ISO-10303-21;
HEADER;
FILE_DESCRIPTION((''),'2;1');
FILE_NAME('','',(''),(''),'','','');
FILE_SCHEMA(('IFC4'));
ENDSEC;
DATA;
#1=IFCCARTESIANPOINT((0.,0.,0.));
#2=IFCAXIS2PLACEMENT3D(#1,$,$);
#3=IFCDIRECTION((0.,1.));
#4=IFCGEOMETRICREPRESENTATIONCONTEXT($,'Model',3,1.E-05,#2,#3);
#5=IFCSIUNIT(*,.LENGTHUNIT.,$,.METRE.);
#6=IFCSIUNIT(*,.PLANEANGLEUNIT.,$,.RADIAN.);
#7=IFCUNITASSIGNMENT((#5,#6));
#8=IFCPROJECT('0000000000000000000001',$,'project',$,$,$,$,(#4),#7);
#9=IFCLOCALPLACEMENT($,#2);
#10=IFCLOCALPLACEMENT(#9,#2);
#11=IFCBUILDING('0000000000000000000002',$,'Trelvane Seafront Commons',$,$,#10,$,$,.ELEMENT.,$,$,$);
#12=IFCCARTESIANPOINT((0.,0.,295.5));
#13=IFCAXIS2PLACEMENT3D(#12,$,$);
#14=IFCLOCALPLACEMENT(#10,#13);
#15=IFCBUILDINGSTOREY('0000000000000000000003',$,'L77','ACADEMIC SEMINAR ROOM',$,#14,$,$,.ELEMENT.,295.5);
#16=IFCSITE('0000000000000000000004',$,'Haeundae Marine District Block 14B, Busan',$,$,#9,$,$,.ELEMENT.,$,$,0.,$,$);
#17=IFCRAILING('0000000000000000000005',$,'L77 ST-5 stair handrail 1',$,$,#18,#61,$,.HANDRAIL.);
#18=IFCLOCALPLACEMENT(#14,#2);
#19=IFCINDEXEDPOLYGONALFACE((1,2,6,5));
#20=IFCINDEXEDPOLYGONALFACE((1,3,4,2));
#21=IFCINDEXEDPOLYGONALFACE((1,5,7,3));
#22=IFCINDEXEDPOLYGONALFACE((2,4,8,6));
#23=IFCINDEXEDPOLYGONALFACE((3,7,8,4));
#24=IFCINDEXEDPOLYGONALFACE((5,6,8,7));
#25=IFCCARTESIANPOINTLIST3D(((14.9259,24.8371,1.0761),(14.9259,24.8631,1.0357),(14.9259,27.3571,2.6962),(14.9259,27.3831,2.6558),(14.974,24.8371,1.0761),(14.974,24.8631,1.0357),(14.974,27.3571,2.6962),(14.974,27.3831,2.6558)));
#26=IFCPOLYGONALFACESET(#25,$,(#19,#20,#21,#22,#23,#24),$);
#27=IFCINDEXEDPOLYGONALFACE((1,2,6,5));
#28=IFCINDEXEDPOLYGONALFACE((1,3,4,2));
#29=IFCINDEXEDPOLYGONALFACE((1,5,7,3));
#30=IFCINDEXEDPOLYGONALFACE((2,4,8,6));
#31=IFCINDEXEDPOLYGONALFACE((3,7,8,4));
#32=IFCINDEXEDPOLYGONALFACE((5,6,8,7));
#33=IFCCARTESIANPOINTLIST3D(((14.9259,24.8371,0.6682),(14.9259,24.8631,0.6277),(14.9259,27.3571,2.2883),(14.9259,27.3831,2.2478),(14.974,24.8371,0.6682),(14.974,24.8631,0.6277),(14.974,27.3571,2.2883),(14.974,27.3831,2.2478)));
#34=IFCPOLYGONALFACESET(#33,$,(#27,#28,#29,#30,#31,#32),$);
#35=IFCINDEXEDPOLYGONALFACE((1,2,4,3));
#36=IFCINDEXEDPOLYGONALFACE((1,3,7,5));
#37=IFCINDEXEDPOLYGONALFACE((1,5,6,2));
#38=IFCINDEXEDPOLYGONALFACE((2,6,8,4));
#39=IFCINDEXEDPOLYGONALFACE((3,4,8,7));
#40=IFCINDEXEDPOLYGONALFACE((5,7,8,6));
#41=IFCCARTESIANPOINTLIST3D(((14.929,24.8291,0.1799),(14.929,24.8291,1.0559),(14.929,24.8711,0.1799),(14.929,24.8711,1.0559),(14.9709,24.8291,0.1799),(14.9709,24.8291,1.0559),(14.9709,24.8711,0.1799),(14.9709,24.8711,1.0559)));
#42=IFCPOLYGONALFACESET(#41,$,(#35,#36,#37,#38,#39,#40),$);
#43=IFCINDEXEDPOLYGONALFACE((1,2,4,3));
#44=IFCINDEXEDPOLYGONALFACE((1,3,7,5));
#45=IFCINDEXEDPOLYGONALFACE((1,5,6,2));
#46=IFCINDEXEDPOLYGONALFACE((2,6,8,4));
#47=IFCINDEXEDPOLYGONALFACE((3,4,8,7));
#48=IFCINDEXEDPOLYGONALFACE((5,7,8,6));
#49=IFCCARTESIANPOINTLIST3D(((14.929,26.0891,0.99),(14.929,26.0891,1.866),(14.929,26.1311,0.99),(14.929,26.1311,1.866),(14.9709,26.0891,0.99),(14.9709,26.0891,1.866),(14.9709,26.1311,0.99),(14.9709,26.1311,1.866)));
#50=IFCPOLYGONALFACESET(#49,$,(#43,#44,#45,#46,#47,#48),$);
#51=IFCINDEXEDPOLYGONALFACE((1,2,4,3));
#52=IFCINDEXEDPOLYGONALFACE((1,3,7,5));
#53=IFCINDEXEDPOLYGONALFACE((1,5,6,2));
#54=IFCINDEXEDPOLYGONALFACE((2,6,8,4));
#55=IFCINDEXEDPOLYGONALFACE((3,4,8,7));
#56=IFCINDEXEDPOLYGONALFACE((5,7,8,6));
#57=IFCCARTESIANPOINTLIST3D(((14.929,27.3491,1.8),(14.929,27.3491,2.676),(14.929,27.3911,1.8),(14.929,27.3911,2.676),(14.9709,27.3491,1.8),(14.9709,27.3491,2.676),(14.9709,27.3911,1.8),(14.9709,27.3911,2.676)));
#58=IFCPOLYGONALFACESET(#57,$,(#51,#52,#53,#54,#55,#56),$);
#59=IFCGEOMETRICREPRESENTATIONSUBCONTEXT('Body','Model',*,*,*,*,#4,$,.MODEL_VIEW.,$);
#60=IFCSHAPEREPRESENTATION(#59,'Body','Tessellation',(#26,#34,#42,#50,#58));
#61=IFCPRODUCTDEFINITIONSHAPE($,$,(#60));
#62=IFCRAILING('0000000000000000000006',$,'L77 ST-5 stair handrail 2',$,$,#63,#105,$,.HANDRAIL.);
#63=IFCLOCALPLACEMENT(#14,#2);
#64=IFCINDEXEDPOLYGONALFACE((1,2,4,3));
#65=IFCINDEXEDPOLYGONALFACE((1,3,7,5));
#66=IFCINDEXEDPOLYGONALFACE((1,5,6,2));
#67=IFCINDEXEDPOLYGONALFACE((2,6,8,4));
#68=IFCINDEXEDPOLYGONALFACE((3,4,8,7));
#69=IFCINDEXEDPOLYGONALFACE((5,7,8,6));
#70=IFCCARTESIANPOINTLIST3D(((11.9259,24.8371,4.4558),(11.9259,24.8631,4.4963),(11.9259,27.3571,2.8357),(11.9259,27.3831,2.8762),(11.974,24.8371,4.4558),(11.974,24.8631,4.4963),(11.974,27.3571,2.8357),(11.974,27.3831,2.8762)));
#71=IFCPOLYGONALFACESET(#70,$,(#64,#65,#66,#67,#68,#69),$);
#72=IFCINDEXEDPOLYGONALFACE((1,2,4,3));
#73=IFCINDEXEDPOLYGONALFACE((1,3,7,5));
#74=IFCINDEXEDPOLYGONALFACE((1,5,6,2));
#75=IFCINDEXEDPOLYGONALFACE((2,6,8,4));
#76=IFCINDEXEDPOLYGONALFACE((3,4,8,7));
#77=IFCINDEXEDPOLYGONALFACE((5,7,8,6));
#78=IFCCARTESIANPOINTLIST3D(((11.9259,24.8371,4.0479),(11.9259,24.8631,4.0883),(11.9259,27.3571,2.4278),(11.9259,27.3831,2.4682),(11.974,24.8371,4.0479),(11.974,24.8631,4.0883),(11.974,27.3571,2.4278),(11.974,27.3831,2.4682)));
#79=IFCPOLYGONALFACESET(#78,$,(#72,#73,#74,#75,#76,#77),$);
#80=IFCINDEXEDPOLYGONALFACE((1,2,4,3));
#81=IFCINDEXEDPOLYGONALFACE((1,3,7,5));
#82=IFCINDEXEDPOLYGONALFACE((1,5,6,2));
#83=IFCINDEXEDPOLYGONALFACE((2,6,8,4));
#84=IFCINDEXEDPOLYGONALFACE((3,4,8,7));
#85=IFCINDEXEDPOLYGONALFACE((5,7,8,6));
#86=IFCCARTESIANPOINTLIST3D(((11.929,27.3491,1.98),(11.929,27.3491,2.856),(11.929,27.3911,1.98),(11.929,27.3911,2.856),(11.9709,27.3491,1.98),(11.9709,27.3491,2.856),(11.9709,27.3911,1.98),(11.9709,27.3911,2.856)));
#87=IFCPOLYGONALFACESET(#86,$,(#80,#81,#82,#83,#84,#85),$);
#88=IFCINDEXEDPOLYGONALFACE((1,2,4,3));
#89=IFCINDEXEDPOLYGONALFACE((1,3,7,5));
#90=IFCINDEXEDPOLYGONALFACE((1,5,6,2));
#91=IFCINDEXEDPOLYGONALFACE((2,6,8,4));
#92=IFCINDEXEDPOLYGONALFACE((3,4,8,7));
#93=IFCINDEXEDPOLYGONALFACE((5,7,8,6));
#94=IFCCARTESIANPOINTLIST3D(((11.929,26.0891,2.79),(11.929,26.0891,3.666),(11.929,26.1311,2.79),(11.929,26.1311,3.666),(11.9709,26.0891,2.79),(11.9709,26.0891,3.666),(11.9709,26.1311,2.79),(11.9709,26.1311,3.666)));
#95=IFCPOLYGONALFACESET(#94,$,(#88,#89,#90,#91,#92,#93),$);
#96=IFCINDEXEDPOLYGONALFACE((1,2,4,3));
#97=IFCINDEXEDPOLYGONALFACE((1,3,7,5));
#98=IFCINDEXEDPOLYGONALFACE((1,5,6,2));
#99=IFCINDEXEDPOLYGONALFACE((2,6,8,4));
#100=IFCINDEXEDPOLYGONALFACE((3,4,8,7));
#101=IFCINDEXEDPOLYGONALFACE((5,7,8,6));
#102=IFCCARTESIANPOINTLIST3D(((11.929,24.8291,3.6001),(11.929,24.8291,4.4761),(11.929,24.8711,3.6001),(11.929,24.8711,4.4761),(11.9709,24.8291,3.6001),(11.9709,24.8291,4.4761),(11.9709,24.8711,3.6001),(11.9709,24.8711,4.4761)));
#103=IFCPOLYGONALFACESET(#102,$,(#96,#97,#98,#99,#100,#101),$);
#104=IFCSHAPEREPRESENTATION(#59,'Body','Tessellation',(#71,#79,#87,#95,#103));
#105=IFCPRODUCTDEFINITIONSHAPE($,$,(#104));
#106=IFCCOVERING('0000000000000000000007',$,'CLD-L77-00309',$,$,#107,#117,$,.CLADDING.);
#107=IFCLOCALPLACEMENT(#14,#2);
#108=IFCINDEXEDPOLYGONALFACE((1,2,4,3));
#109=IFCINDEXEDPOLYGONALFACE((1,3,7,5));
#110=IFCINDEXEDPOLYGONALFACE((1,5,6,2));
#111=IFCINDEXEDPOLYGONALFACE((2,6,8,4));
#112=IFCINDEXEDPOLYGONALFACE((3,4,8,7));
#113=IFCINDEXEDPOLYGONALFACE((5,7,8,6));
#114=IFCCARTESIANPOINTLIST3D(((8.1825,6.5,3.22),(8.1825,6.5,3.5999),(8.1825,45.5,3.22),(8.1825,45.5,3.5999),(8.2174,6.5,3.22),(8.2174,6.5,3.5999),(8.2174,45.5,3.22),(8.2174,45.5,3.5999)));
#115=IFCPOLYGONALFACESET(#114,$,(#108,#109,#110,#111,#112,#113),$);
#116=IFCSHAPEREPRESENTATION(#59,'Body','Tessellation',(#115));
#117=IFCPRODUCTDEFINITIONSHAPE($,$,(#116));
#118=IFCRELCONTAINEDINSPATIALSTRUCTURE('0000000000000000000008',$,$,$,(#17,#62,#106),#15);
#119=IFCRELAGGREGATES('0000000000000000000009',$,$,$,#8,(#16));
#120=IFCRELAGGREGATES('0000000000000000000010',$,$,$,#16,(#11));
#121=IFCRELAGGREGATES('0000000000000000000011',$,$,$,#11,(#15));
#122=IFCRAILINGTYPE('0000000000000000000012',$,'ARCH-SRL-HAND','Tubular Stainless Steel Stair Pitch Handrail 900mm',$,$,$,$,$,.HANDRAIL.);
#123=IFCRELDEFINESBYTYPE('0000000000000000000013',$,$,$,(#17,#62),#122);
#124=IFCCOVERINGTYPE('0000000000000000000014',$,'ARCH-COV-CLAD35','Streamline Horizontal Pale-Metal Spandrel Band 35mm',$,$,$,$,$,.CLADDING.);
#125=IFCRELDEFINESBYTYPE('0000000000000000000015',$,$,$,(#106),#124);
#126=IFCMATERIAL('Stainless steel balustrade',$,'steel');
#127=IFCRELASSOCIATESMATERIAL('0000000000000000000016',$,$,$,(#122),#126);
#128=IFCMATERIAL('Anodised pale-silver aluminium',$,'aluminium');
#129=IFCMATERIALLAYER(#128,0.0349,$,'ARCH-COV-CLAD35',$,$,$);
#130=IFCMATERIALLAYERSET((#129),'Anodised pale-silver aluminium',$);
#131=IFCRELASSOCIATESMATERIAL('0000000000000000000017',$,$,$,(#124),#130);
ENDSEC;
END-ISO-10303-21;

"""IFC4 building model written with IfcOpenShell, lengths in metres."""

from ifc_helpers import new_model, si_unit, direction, frame, origin, origin_2d, place, context, subcontext, project, spatial, rectangle, extrude, source, transform, mapped, material, layer, layer_set, type_object, element, save


model = new_model("IFC4")

# Units and contexts
model_context = context("Model", 3, precision=1e-05, world=origin(), true_north=direction((0.0, 1.0)))
body_context = subcontext(model_context, "Body", "Model", "MODEL_VIEW")
ifc_project = project(units=[si_unit("LENGTHUNIT", "METRE"), si_unit("PLANEANGLEUNIT", "RADIAN")], contexts=[model_context])

# Site, building, storey
site_placement = place(None, origin())
site = spatial("IfcSite", under=ifc_project, at=site_placement, Name="Haeundae Marine District Block 14B, Busan", CompositionType="ELEMENT", RefElevation=0.0)
building_placement = place(site_placement, origin())
building = spatial("IfcBuilding", under=site, at=building_placement, Name="Trelvane Seafront Commons", CompositionType="ELEMENT")
storey_placement = place(building_placement, frame((0.0, 0.0, 295.5)))
storey = spatial("IfcBuildingStorey", under=building, at=storey_placement, Name="L77", Description="ACADEMIC SEMINAR ROOM", CompositionType="ELEMENT", Elevation=295.5)

# Railings
ifc_material_1 = material(Name="Stainless steel balustrade", Category="steel")
railing_type_1 = type_object("IfcRailingType", Name="ARCH-SRL-HAND", Description="Tubular Stainless Steel Stair Pitch Handrail 900mm", PredefinedType="HANDRAIL", material=ifc_material_1)
railing_1_placement = place(storey_placement, frame((14.95, 24.8501, 0.1799)))
element("IfcRailing", 1, at=railing_1_placement, inside=storey, type_object=railing_type_1, Name="L77 ST-5 stair handrail 1", PredefinedType="HANDRAIL", context=body_context, shape_type="SweptSolid", body=[
    extrude(rectangle(XDim=0.0481, YDim=0.0481, at=origin_2d()), frame((0.0, 0.0, 0.876), z_axis=(0.0, 0.841163, 0.540782), x_axis=(-1.0, 0.0, 0.0)), (0.0, 0.0, 1.0), 2.9958),
    extrude(rectangle(XDim=0.0481, YDim=0.0481, at=origin_2d()), frame((0.0, 0.0, 0.468), z_axis=(0.0, 0.841163, 0.540782), x_axis=(-1.0, 0.0, 0.0)), (0.0, 0.0, 1.0), 2.9958),
    extrude(rectangle(XDim=0.042, YDim=0.042, at=origin_2d()), origin(), (0.0, 0.0, 1.0), 0.876),
    extrude(rectangle(XDim=0.042, YDim=0.042, at=origin_2d()), frame((0.0, 1.26, 0.8101)), (0.0, 0.0, 1.0), 0.876),
    extrude(rectangle(XDim=0.042, YDim=0.042, at=origin_2d()), frame((0.0, 2.52, 1.6201)), (0.0, 0.0, 1.0), 0.876),
])
railing_2_placement = place(storey_placement, frame((11.95, 27.3701, 1.98)))
element("IfcRailing", 2, at=railing_2_placement, inside=storey, type_object=railing_type_1, Name="L77 ST-5 stair handrail 2", PredefinedType="HANDRAIL", context=body_context, shape_type="SweptSolid", body=[
    extrude(rectangle(XDim=0.0481, YDim=0.0481, at=origin_2d()), frame((0.0, 0.0, 0.876), z_axis=(0.0, -0.841163, 0.540782), x_axis=(1.0, 0.0, 0.0)), (0.0, 0.0, 1.0), 2.9958),
    extrude(rectangle(XDim=0.0481, YDim=0.0481, at=origin_2d()), frame((0.0, 0.0, 0.468), z_axis=(0.0, -0.841163, 0.540782), x_axis=(1.0, 0.0, 0.0)), (0.0, 0.0, 1.0), 2.9958),
    extrude(rectangle(XDim=0.042, YDim=0.042, at=origin_2d()), origin(), (0.0, 0.0, 1.0), 0.876),
    extrude(rectangle(XDim=0.042, YDim=0.042, at=origin_2d()), frame((0.0, -1.26, 0.8101)), (0.0, 0.0, 1.0), 0.876),
    extrude(rectangle(XDim=0.042, YDim=0.042, at=origin_2d()), frame((0.0, -2.52, 1.6201)), (0.0, 0.0, 1.0), 0.876),
])

# Covering
ifc_material_2 = material(Name="Anodised pale-silver aluminium", Category="aluminium")
ifc_layer_1 = layer(ifc_material_2, 0.0349, Name="ARCH-COV-CLAD35")
ifc_layer_set_1 = layer_set([ifc_layer_1], Name="Anodised pale-silver aluminium")
covering_type = type_object("IfcCoveringType", Name="ARCH-COV-CLAD35", Description="Streamline Horizontal Pale-Metal Spandrel Band 35mm", PredefinedType="CLADDING", material=ifc_layer_set_1)
shared_shape_1 = source(origin(), body_context, "Body", "SweptSolid", [
    extrude(rectangle(XDim=39.0, YDim=0.0349, at=origin_2d()), origin(), (0.0, 0.0, 1.0), 0.3799),
])
covering_placement = place(storey_placement, frame((8.2, 26.0, 3.22), z_axis=(0.0, 0.0, 1.0), x_axis=(0.0, 1.0, 0.0)))
element("IfcCovering", 3, at=covering_placement, inside=storey, type_object=covering_type, Name="CLD-L77-00309", PredefinedType="CLADDING", context=body_context, shape_type="MappedRepresentation", body=[
    mapped(shared_shape_1, transform((0.0, 0.0, 0.0), x_axis=(1.0, 0.0, 0.0), y_axis=(0.0, 1.0, 0.0), z_axis=(0.0, 0.0, 1.0), scale=1.0)),
])

save(model, "model.ifc")
